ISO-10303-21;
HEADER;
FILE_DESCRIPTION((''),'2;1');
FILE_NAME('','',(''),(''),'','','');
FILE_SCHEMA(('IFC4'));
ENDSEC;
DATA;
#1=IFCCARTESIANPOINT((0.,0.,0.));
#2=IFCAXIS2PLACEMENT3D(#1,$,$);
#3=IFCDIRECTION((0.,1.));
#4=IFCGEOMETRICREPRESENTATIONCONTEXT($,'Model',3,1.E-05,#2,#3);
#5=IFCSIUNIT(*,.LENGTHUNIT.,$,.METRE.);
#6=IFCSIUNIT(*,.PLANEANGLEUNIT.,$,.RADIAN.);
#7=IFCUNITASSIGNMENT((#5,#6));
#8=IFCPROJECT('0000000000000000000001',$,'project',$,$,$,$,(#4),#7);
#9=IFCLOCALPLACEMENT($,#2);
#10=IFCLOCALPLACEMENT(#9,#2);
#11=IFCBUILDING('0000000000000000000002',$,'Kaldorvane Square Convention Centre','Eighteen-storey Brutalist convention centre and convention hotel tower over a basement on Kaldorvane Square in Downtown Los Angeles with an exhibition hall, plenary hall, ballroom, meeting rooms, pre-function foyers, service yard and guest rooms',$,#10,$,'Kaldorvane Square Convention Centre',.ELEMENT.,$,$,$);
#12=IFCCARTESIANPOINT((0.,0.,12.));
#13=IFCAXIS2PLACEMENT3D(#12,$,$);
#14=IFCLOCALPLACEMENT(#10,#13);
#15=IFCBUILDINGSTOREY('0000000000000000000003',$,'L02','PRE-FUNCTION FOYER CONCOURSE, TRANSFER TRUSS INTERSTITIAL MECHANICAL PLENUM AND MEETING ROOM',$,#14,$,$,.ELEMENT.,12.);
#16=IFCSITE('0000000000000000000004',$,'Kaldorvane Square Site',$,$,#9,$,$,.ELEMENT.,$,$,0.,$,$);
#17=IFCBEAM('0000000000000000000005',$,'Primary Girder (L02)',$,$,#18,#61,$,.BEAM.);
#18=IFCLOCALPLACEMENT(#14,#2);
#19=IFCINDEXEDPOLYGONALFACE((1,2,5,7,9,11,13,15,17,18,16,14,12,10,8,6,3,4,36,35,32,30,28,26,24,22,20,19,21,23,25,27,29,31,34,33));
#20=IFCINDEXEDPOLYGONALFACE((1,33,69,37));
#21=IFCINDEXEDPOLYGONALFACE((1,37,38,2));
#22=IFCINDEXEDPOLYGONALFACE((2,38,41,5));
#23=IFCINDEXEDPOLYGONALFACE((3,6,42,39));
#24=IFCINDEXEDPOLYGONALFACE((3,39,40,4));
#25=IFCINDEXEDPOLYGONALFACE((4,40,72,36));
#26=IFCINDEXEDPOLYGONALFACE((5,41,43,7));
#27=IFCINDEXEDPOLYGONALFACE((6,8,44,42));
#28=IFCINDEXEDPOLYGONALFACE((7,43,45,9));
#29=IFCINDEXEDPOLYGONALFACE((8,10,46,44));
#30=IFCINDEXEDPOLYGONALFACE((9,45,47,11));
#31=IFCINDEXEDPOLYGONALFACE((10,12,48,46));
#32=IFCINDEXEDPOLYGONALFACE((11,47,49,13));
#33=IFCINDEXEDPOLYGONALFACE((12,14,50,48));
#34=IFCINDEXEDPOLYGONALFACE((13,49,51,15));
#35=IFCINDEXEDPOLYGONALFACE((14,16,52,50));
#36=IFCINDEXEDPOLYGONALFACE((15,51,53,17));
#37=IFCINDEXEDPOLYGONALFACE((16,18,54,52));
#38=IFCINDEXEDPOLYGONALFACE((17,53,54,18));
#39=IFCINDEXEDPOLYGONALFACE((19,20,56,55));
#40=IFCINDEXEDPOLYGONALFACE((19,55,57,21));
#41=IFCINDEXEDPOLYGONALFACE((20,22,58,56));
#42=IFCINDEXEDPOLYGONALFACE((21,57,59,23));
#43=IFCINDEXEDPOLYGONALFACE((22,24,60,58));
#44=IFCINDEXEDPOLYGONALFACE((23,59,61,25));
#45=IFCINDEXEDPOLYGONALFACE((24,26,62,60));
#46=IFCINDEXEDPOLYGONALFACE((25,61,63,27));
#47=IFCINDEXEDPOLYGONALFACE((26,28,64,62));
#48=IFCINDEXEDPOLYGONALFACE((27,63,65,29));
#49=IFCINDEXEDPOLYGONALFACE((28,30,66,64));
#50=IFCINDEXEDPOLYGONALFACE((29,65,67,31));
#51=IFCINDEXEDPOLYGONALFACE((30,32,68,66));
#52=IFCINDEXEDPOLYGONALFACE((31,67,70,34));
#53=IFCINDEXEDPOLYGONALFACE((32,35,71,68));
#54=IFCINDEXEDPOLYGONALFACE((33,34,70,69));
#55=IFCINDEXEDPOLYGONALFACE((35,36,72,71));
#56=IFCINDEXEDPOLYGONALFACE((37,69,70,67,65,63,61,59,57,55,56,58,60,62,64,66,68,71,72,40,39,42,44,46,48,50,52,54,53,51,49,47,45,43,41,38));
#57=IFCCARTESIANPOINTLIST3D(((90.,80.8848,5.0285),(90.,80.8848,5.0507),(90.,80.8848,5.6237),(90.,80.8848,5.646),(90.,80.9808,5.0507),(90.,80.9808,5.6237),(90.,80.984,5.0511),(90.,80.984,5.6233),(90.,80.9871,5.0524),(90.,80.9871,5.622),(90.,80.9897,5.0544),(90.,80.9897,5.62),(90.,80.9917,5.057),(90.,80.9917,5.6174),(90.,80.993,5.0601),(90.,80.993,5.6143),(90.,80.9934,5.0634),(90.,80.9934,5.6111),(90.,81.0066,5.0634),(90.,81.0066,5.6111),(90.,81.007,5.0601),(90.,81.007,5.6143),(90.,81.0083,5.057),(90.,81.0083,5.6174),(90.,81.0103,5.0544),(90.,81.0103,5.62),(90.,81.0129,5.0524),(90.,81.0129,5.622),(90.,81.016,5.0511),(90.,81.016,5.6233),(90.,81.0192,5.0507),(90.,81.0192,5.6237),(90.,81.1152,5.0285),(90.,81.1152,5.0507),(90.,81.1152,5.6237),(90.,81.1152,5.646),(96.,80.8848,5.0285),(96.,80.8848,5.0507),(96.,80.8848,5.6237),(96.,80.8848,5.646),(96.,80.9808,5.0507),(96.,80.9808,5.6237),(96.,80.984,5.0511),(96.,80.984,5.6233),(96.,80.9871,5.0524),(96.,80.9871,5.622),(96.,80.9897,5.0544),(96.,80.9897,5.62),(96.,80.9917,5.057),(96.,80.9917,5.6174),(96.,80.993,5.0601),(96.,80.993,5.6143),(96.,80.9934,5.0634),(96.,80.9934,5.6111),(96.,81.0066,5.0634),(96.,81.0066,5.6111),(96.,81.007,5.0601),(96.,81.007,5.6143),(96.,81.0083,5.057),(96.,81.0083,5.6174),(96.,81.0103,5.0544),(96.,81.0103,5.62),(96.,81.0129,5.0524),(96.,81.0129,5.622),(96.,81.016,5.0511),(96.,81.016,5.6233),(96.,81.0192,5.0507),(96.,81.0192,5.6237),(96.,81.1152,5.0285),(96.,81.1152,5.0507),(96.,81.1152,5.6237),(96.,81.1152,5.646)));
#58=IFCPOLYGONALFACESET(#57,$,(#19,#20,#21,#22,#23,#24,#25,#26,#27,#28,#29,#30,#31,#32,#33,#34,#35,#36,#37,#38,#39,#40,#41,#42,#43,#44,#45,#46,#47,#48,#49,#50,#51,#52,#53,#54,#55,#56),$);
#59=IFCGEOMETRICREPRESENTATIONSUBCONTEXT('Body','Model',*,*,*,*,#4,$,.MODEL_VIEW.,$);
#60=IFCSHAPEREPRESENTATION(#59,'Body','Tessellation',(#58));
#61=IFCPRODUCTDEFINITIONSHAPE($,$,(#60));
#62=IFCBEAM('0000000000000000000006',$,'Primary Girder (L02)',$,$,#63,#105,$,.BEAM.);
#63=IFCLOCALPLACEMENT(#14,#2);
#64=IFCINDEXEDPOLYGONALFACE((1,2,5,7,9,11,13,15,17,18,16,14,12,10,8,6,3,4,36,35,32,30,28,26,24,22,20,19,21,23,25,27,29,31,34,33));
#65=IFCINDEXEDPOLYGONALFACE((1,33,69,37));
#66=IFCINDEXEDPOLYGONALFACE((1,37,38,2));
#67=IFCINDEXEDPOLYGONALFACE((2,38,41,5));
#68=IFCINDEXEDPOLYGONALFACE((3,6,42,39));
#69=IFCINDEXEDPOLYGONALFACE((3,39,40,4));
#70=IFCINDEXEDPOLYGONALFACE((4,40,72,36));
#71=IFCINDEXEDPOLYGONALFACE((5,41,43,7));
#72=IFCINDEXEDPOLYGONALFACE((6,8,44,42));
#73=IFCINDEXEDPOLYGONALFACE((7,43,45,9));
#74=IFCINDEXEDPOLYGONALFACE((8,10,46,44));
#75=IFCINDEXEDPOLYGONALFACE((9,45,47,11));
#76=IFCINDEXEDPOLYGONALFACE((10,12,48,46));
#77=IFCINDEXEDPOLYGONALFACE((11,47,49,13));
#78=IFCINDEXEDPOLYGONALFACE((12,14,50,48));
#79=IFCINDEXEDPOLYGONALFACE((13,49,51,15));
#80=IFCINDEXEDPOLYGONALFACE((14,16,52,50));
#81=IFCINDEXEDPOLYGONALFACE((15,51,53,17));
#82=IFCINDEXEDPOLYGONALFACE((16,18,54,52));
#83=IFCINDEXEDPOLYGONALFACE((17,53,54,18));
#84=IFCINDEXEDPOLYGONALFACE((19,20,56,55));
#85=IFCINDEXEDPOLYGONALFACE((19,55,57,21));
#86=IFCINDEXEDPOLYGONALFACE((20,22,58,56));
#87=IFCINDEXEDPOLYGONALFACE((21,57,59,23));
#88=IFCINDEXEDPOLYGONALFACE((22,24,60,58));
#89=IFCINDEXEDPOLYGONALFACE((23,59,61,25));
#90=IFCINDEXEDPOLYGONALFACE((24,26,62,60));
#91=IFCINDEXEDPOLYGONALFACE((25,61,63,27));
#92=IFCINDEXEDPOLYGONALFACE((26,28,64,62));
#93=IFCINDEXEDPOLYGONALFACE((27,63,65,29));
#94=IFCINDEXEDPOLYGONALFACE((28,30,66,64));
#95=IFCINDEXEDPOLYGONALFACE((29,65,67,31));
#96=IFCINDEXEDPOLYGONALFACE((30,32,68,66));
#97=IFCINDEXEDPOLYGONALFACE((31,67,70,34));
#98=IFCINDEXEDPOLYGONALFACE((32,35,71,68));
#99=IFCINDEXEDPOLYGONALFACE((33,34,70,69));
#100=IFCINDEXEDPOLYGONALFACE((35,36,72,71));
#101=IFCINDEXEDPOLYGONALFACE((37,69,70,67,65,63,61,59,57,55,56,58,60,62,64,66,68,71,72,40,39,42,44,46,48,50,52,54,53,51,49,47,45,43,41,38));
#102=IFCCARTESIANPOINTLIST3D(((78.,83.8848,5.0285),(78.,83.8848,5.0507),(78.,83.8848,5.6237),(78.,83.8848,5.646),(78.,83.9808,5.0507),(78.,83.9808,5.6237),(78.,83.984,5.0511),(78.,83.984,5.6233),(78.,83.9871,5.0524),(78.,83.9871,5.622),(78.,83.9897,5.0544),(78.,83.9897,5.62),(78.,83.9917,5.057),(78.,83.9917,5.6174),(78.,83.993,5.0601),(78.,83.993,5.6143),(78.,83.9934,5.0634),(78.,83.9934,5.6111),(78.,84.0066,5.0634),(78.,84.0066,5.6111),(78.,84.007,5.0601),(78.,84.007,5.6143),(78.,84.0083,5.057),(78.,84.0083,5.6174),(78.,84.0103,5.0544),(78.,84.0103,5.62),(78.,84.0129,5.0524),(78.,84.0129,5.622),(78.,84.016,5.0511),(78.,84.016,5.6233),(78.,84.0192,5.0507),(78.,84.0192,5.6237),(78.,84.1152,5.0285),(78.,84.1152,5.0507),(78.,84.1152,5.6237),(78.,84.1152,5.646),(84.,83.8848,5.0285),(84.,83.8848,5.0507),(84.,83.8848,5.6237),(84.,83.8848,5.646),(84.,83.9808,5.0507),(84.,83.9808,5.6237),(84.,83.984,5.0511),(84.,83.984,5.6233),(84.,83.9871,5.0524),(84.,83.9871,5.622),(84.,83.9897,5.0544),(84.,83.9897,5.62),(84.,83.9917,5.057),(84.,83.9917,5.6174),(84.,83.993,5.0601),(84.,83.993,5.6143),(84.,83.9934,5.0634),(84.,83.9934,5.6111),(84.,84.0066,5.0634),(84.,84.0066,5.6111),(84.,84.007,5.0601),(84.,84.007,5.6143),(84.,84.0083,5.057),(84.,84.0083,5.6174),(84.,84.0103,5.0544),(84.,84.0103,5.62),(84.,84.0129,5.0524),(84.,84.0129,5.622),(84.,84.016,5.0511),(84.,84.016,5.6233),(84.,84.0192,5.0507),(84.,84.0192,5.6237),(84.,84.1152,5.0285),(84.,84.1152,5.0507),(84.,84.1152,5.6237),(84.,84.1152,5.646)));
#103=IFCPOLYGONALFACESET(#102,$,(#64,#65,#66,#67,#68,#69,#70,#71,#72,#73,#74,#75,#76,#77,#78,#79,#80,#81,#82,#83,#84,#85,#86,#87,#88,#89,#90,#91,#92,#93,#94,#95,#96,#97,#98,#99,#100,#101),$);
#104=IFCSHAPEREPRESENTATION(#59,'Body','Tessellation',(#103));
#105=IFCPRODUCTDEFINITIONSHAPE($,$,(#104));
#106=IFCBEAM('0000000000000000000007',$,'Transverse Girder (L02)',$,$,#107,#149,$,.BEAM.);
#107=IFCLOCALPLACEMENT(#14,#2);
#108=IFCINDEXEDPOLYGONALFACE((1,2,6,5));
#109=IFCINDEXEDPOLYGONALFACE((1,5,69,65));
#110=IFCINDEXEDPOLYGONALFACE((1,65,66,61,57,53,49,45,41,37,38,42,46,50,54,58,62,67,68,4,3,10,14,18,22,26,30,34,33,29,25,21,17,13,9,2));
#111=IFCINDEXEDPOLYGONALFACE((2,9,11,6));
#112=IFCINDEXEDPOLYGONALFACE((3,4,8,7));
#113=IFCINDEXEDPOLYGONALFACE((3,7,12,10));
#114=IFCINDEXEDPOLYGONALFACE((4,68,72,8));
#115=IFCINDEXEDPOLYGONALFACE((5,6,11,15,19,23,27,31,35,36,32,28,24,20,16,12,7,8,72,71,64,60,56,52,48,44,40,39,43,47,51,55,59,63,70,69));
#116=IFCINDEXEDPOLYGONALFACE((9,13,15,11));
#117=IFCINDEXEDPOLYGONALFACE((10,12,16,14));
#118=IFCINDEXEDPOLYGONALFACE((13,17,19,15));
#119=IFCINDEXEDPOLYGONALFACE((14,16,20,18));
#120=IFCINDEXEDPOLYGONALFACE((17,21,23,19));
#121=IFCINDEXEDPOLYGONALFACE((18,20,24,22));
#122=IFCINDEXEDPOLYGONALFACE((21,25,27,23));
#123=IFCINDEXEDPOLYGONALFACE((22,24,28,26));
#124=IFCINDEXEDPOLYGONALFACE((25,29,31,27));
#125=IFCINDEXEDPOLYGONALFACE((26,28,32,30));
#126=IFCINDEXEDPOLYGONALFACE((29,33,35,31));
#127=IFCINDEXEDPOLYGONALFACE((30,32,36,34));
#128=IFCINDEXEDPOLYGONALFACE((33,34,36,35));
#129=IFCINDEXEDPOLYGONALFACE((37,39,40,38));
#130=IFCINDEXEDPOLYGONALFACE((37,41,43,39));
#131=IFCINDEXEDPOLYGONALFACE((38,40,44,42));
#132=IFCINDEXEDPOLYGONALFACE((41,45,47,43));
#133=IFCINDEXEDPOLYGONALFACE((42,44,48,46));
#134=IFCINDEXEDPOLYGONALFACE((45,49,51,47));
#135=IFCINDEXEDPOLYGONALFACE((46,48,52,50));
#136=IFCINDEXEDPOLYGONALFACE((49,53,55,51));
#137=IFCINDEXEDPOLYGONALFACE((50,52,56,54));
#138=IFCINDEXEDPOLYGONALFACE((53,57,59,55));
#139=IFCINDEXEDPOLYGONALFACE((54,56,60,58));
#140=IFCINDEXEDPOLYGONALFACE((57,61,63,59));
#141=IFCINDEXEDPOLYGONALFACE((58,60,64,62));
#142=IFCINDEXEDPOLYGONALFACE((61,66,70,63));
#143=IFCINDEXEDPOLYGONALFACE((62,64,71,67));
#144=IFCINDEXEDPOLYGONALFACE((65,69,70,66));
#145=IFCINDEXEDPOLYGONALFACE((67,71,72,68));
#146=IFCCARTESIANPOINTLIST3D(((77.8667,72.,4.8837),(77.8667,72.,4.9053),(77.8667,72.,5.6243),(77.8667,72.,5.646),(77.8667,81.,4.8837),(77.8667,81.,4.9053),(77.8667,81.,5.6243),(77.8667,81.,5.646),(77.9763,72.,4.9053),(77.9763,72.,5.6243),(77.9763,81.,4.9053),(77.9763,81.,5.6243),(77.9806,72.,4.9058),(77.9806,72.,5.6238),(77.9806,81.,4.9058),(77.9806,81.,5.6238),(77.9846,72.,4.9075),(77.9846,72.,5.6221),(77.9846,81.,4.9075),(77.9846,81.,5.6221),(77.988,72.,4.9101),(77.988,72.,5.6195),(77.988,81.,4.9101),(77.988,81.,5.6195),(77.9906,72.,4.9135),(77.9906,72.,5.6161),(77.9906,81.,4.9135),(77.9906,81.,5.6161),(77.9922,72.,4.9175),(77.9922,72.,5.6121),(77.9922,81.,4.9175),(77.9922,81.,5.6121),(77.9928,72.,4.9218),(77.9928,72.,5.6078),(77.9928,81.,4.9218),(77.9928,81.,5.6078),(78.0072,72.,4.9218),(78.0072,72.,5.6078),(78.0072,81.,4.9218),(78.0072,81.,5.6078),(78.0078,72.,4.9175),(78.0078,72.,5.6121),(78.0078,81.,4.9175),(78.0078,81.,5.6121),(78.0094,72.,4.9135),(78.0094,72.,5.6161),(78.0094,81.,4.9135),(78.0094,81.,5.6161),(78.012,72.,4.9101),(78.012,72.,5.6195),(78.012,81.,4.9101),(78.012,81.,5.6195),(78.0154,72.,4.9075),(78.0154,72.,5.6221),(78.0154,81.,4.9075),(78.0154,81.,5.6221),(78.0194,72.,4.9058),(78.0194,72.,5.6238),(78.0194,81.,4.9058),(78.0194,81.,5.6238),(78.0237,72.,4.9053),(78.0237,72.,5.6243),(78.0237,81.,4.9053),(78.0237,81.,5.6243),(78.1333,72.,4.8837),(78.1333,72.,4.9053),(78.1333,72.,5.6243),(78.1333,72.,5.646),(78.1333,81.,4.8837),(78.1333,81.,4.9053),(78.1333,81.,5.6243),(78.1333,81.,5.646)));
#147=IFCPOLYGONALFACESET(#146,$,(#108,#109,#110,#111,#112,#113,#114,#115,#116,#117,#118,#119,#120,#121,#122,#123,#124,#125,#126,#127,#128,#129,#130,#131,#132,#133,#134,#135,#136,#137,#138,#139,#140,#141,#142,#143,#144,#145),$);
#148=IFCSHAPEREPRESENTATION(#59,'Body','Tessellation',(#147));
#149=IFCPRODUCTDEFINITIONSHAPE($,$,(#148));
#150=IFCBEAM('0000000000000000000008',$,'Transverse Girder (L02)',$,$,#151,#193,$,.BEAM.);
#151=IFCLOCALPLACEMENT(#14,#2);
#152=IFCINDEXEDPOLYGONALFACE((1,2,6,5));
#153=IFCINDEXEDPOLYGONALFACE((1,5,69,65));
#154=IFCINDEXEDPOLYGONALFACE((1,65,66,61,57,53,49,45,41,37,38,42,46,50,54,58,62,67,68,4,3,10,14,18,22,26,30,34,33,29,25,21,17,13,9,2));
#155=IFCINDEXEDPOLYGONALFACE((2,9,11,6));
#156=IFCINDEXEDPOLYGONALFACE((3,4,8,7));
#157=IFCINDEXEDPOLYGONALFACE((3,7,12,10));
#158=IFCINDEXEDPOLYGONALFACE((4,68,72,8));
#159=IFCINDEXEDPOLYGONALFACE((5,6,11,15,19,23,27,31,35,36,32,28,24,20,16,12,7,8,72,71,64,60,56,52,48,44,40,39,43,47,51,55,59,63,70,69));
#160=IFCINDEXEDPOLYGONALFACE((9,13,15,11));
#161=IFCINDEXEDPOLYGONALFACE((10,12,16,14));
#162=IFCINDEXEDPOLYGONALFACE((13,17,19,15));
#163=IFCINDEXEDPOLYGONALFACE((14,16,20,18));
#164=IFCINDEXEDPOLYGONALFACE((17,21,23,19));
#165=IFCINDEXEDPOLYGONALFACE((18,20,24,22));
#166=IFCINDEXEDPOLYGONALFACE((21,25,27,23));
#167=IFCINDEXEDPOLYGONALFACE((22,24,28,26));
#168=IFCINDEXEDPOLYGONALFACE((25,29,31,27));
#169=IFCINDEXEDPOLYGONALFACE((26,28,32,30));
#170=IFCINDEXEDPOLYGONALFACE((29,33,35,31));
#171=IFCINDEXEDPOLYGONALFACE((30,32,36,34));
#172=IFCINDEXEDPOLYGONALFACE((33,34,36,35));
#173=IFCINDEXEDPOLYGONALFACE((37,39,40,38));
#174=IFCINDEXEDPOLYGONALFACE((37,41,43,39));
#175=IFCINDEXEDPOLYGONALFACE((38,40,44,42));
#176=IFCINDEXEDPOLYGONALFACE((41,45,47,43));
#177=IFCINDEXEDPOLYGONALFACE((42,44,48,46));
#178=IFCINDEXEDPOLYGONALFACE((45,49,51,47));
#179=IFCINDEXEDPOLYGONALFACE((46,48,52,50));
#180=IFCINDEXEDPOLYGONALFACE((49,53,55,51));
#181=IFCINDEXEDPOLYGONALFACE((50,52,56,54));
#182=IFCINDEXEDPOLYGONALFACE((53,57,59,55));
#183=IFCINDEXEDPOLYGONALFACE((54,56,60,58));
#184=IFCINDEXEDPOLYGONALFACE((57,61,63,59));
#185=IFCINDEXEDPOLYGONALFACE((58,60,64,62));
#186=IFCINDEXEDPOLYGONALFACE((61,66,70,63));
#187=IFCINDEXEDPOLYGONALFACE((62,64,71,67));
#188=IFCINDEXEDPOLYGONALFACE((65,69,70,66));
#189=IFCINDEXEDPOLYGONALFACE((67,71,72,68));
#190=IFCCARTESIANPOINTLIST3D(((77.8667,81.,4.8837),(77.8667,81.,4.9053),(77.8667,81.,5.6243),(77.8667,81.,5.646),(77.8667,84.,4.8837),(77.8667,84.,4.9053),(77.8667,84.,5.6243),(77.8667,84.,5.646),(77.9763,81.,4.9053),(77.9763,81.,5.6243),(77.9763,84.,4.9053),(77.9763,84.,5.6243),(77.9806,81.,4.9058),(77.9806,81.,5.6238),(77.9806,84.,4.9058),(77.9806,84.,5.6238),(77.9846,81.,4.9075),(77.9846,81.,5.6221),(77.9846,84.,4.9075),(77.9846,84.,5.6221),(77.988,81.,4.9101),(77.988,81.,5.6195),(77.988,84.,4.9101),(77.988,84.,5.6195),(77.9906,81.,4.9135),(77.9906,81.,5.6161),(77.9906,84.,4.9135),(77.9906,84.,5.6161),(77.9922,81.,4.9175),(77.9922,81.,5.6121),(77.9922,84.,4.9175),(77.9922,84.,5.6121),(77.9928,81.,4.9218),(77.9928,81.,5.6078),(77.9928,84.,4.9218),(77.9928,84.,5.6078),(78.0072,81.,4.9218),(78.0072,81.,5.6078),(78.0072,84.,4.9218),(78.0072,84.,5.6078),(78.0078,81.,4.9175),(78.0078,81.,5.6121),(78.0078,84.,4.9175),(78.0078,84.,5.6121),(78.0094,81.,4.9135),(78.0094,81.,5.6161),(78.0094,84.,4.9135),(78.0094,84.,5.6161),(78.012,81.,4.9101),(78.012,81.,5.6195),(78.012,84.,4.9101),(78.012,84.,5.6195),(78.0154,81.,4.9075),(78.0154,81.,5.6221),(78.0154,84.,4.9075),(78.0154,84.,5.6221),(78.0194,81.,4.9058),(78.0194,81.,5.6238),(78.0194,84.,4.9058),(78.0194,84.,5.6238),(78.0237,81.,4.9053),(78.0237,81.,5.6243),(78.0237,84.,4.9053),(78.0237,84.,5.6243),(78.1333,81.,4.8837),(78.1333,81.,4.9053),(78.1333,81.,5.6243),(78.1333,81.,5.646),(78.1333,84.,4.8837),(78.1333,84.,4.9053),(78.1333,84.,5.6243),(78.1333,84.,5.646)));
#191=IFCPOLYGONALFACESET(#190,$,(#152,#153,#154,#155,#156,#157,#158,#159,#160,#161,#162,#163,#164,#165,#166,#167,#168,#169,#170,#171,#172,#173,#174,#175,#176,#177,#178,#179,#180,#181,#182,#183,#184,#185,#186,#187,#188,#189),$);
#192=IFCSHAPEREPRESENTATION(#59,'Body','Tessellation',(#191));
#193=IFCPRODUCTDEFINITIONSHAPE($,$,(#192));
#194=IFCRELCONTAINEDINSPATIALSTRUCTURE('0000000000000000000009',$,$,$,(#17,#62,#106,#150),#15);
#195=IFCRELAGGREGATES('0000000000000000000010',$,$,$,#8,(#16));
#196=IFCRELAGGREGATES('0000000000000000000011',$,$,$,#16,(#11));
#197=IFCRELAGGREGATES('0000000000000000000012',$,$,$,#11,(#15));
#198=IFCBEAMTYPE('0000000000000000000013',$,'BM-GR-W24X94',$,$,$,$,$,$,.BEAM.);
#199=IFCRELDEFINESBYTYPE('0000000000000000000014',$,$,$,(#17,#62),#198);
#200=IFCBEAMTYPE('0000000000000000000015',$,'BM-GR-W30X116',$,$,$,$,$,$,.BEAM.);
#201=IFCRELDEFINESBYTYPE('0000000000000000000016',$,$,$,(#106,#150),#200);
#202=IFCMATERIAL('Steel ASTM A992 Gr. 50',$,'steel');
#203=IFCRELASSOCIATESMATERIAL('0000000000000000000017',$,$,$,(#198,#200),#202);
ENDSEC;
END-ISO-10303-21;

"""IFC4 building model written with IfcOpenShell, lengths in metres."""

from ifc_helpers import new_model, si_unit, direction, frame, origin, origin_2d, place, context, subcontext, project, spatial, i_section, extrude, material, material_profile, profile_set, type_object, element, save


model = new_model("IFC4")

# Units and contexts
model_context = context("Model", 3, precision=1e-05, world=origin(), true_north=direction((0.0, 1.0)))
body_context = subcontext(model_context, "Body", "Model", "MODEL_VIEW")
ifc_project = project(units=[si_unit("LENGTHUNIT", "METRE"), si_unit("PLANEANGLEUNIT", "RADIAN")], contexts=[model_context])

# Site, building, storey
site_placement = place(None, origin())
site = spatial("IfcSite", under=ifc_project, at=site_placement, Name="Kaldorvane Square Site", CompositionType="ELEMENT", RefElevation=0.0)
building_placement = place(site_placement, origin())
building = spatial("IfcBuilding", under=site, at=building_placement, Name="Kaldorvane Square Convention Centre", Description="Eighteen-storey Brutalist convention centre and convention hotel tower over a basement on Kaldorvane Square in Downtown Los Angeles with an exhibition hall, plenary hall, ballroom, meeting rooms, pre-function foyers, service yard and guest rooms", LongName="Kaldorvane Square Convention Centre", CompositionType="ELEMENT")
storey_placement = place(building_placement, frame((0.0, 0.0, 12.0)))
storey = spatial("IfcBuildingStorey", under=building, at=storey_placement, Name="L02", Description="PRE-FUNCTION FOYER CONCOURSE, TRANSFER TRUSS INTERSTITIAL MECHANICAL PLENUM AND MEETING ROOM", CompositionType="ELEMENT", Elevation=12.0)

# Shared definitions
ifc_material_1 = material(Name="Steel ASTM A992 Gr. 50", Category="steel")

# Beams
ifc_material_profile_1 = material_profile(ifc_material_1, i_section(OverallWidth=0.2303, OverallDepth=0.6175, WebThickness=0.0131, FlangeThickness=0.0222, FilletRadius=0.0127, at=origin_2d()), Name="W24X94")
ifc_profile_set_1 = profile_set([ifc_material_profile_1], Name="Steel ASTM A992 Gr. 50")
beam_type_1 = type_object("IfcBeamType", Name="BM-GR-W24X94", PredefinedType="BEAM", material=ifc_profile_set_1)
for number, where, z_axis, x_axis, name in (
    (1, (90.0, 81.0, 5.3372), (1.0, 0.0, 0.0), (0.0, 1.0, 0.0), "Primary Girder (L02)"),
    (2, (78.0, 84.0, 5.3372), (1.0, 0.0, 0.0), (0.0, 1.0, 0.0), "Primary Girder (L02)"),
):
    element("IfcBeam", number, at=place(storey_placement, frame(where, z_axis=z_axis, x_axis=x_axis)), inside=storey, type_object=beam_type_1, Name=name, PredefinedType="BEAM", context=body_context, shape_type="SweptSolid", body=[
        extrude(i_section(OverallWidth=0.2303, OverallDepth=0.6175, WebThickness=0.0131, FlangeThickness=0.0222, FilletRadius=0.0127, at=origin_2d()), origin(), (0.0, 0.0, 1.0), 6.0),
    ])
ifc_material_profile_2 = material_profile(ifc_material_1, i_section(OverallWidth=0.2666, OverallDepth=0.7623, WebThickness=0.0144, FlangeThickness=0.0216, FilletRadius=0.0165, at=origin_2d()), Name="W30X116")
ifc_profile_set_2 = profile_set([ifc_material_profile_2], Name="Steel ASTM A992 Gr. 50")
beam_type_2 = type_object("IfcBeamType", Name="BM-GR-W30X116", PredefinedType="BEAM", material=ifc_profile_set_2)
beam_1_placement = place(storey_placement, frame((78.0, 72.0, 5.2648), z_axis=(0.0, 1.0, 0.0), x_axis=(-1.0, 0.0, 0.0)))
element("IfcBeam", 3, at=beam_1_placement, inside=storey, type_object=beam_type_2, Name="Transverse Girder (L02)", PredefinedType="BEAM", context=body_context, shape_type="SweptSolid", body=[
    extrude(i_section(OverallWidth=0.2666, OverallDepth=0.7623, WebThickness=0.0144, FlangeThickness=0.0216, FilletRadius=0.0165, at=origin_2d()), origin(), (0.0, 0.0, 1.0), 9.0),
])
beam_2_placement = place(storey_placement, frame((78.0, 81.0, 5.2648), z_axis=(0.0, 1.0, 0.0), x_axis=(-1.0, 0.0, 0.0)))
element("IfcBeam", 4, at=beam_2_placement, inside=storey, type_object=beam_type_2, Name="Transverse Girder (L02)", PredefinedType="BEAM", context=body_context, shape_type="SweptSolid", body=[
    extrude(i_section(OverallWidth=0.2666, OverallDepth=0.7623, WebThickness=0.0144, FlangeThickness=0.0216, FilletRadius=0.0165, at=origin_2d()), origin(), (0.0, 0.0, 1.0), 3.0),
])

save(model, "model.ifc")
